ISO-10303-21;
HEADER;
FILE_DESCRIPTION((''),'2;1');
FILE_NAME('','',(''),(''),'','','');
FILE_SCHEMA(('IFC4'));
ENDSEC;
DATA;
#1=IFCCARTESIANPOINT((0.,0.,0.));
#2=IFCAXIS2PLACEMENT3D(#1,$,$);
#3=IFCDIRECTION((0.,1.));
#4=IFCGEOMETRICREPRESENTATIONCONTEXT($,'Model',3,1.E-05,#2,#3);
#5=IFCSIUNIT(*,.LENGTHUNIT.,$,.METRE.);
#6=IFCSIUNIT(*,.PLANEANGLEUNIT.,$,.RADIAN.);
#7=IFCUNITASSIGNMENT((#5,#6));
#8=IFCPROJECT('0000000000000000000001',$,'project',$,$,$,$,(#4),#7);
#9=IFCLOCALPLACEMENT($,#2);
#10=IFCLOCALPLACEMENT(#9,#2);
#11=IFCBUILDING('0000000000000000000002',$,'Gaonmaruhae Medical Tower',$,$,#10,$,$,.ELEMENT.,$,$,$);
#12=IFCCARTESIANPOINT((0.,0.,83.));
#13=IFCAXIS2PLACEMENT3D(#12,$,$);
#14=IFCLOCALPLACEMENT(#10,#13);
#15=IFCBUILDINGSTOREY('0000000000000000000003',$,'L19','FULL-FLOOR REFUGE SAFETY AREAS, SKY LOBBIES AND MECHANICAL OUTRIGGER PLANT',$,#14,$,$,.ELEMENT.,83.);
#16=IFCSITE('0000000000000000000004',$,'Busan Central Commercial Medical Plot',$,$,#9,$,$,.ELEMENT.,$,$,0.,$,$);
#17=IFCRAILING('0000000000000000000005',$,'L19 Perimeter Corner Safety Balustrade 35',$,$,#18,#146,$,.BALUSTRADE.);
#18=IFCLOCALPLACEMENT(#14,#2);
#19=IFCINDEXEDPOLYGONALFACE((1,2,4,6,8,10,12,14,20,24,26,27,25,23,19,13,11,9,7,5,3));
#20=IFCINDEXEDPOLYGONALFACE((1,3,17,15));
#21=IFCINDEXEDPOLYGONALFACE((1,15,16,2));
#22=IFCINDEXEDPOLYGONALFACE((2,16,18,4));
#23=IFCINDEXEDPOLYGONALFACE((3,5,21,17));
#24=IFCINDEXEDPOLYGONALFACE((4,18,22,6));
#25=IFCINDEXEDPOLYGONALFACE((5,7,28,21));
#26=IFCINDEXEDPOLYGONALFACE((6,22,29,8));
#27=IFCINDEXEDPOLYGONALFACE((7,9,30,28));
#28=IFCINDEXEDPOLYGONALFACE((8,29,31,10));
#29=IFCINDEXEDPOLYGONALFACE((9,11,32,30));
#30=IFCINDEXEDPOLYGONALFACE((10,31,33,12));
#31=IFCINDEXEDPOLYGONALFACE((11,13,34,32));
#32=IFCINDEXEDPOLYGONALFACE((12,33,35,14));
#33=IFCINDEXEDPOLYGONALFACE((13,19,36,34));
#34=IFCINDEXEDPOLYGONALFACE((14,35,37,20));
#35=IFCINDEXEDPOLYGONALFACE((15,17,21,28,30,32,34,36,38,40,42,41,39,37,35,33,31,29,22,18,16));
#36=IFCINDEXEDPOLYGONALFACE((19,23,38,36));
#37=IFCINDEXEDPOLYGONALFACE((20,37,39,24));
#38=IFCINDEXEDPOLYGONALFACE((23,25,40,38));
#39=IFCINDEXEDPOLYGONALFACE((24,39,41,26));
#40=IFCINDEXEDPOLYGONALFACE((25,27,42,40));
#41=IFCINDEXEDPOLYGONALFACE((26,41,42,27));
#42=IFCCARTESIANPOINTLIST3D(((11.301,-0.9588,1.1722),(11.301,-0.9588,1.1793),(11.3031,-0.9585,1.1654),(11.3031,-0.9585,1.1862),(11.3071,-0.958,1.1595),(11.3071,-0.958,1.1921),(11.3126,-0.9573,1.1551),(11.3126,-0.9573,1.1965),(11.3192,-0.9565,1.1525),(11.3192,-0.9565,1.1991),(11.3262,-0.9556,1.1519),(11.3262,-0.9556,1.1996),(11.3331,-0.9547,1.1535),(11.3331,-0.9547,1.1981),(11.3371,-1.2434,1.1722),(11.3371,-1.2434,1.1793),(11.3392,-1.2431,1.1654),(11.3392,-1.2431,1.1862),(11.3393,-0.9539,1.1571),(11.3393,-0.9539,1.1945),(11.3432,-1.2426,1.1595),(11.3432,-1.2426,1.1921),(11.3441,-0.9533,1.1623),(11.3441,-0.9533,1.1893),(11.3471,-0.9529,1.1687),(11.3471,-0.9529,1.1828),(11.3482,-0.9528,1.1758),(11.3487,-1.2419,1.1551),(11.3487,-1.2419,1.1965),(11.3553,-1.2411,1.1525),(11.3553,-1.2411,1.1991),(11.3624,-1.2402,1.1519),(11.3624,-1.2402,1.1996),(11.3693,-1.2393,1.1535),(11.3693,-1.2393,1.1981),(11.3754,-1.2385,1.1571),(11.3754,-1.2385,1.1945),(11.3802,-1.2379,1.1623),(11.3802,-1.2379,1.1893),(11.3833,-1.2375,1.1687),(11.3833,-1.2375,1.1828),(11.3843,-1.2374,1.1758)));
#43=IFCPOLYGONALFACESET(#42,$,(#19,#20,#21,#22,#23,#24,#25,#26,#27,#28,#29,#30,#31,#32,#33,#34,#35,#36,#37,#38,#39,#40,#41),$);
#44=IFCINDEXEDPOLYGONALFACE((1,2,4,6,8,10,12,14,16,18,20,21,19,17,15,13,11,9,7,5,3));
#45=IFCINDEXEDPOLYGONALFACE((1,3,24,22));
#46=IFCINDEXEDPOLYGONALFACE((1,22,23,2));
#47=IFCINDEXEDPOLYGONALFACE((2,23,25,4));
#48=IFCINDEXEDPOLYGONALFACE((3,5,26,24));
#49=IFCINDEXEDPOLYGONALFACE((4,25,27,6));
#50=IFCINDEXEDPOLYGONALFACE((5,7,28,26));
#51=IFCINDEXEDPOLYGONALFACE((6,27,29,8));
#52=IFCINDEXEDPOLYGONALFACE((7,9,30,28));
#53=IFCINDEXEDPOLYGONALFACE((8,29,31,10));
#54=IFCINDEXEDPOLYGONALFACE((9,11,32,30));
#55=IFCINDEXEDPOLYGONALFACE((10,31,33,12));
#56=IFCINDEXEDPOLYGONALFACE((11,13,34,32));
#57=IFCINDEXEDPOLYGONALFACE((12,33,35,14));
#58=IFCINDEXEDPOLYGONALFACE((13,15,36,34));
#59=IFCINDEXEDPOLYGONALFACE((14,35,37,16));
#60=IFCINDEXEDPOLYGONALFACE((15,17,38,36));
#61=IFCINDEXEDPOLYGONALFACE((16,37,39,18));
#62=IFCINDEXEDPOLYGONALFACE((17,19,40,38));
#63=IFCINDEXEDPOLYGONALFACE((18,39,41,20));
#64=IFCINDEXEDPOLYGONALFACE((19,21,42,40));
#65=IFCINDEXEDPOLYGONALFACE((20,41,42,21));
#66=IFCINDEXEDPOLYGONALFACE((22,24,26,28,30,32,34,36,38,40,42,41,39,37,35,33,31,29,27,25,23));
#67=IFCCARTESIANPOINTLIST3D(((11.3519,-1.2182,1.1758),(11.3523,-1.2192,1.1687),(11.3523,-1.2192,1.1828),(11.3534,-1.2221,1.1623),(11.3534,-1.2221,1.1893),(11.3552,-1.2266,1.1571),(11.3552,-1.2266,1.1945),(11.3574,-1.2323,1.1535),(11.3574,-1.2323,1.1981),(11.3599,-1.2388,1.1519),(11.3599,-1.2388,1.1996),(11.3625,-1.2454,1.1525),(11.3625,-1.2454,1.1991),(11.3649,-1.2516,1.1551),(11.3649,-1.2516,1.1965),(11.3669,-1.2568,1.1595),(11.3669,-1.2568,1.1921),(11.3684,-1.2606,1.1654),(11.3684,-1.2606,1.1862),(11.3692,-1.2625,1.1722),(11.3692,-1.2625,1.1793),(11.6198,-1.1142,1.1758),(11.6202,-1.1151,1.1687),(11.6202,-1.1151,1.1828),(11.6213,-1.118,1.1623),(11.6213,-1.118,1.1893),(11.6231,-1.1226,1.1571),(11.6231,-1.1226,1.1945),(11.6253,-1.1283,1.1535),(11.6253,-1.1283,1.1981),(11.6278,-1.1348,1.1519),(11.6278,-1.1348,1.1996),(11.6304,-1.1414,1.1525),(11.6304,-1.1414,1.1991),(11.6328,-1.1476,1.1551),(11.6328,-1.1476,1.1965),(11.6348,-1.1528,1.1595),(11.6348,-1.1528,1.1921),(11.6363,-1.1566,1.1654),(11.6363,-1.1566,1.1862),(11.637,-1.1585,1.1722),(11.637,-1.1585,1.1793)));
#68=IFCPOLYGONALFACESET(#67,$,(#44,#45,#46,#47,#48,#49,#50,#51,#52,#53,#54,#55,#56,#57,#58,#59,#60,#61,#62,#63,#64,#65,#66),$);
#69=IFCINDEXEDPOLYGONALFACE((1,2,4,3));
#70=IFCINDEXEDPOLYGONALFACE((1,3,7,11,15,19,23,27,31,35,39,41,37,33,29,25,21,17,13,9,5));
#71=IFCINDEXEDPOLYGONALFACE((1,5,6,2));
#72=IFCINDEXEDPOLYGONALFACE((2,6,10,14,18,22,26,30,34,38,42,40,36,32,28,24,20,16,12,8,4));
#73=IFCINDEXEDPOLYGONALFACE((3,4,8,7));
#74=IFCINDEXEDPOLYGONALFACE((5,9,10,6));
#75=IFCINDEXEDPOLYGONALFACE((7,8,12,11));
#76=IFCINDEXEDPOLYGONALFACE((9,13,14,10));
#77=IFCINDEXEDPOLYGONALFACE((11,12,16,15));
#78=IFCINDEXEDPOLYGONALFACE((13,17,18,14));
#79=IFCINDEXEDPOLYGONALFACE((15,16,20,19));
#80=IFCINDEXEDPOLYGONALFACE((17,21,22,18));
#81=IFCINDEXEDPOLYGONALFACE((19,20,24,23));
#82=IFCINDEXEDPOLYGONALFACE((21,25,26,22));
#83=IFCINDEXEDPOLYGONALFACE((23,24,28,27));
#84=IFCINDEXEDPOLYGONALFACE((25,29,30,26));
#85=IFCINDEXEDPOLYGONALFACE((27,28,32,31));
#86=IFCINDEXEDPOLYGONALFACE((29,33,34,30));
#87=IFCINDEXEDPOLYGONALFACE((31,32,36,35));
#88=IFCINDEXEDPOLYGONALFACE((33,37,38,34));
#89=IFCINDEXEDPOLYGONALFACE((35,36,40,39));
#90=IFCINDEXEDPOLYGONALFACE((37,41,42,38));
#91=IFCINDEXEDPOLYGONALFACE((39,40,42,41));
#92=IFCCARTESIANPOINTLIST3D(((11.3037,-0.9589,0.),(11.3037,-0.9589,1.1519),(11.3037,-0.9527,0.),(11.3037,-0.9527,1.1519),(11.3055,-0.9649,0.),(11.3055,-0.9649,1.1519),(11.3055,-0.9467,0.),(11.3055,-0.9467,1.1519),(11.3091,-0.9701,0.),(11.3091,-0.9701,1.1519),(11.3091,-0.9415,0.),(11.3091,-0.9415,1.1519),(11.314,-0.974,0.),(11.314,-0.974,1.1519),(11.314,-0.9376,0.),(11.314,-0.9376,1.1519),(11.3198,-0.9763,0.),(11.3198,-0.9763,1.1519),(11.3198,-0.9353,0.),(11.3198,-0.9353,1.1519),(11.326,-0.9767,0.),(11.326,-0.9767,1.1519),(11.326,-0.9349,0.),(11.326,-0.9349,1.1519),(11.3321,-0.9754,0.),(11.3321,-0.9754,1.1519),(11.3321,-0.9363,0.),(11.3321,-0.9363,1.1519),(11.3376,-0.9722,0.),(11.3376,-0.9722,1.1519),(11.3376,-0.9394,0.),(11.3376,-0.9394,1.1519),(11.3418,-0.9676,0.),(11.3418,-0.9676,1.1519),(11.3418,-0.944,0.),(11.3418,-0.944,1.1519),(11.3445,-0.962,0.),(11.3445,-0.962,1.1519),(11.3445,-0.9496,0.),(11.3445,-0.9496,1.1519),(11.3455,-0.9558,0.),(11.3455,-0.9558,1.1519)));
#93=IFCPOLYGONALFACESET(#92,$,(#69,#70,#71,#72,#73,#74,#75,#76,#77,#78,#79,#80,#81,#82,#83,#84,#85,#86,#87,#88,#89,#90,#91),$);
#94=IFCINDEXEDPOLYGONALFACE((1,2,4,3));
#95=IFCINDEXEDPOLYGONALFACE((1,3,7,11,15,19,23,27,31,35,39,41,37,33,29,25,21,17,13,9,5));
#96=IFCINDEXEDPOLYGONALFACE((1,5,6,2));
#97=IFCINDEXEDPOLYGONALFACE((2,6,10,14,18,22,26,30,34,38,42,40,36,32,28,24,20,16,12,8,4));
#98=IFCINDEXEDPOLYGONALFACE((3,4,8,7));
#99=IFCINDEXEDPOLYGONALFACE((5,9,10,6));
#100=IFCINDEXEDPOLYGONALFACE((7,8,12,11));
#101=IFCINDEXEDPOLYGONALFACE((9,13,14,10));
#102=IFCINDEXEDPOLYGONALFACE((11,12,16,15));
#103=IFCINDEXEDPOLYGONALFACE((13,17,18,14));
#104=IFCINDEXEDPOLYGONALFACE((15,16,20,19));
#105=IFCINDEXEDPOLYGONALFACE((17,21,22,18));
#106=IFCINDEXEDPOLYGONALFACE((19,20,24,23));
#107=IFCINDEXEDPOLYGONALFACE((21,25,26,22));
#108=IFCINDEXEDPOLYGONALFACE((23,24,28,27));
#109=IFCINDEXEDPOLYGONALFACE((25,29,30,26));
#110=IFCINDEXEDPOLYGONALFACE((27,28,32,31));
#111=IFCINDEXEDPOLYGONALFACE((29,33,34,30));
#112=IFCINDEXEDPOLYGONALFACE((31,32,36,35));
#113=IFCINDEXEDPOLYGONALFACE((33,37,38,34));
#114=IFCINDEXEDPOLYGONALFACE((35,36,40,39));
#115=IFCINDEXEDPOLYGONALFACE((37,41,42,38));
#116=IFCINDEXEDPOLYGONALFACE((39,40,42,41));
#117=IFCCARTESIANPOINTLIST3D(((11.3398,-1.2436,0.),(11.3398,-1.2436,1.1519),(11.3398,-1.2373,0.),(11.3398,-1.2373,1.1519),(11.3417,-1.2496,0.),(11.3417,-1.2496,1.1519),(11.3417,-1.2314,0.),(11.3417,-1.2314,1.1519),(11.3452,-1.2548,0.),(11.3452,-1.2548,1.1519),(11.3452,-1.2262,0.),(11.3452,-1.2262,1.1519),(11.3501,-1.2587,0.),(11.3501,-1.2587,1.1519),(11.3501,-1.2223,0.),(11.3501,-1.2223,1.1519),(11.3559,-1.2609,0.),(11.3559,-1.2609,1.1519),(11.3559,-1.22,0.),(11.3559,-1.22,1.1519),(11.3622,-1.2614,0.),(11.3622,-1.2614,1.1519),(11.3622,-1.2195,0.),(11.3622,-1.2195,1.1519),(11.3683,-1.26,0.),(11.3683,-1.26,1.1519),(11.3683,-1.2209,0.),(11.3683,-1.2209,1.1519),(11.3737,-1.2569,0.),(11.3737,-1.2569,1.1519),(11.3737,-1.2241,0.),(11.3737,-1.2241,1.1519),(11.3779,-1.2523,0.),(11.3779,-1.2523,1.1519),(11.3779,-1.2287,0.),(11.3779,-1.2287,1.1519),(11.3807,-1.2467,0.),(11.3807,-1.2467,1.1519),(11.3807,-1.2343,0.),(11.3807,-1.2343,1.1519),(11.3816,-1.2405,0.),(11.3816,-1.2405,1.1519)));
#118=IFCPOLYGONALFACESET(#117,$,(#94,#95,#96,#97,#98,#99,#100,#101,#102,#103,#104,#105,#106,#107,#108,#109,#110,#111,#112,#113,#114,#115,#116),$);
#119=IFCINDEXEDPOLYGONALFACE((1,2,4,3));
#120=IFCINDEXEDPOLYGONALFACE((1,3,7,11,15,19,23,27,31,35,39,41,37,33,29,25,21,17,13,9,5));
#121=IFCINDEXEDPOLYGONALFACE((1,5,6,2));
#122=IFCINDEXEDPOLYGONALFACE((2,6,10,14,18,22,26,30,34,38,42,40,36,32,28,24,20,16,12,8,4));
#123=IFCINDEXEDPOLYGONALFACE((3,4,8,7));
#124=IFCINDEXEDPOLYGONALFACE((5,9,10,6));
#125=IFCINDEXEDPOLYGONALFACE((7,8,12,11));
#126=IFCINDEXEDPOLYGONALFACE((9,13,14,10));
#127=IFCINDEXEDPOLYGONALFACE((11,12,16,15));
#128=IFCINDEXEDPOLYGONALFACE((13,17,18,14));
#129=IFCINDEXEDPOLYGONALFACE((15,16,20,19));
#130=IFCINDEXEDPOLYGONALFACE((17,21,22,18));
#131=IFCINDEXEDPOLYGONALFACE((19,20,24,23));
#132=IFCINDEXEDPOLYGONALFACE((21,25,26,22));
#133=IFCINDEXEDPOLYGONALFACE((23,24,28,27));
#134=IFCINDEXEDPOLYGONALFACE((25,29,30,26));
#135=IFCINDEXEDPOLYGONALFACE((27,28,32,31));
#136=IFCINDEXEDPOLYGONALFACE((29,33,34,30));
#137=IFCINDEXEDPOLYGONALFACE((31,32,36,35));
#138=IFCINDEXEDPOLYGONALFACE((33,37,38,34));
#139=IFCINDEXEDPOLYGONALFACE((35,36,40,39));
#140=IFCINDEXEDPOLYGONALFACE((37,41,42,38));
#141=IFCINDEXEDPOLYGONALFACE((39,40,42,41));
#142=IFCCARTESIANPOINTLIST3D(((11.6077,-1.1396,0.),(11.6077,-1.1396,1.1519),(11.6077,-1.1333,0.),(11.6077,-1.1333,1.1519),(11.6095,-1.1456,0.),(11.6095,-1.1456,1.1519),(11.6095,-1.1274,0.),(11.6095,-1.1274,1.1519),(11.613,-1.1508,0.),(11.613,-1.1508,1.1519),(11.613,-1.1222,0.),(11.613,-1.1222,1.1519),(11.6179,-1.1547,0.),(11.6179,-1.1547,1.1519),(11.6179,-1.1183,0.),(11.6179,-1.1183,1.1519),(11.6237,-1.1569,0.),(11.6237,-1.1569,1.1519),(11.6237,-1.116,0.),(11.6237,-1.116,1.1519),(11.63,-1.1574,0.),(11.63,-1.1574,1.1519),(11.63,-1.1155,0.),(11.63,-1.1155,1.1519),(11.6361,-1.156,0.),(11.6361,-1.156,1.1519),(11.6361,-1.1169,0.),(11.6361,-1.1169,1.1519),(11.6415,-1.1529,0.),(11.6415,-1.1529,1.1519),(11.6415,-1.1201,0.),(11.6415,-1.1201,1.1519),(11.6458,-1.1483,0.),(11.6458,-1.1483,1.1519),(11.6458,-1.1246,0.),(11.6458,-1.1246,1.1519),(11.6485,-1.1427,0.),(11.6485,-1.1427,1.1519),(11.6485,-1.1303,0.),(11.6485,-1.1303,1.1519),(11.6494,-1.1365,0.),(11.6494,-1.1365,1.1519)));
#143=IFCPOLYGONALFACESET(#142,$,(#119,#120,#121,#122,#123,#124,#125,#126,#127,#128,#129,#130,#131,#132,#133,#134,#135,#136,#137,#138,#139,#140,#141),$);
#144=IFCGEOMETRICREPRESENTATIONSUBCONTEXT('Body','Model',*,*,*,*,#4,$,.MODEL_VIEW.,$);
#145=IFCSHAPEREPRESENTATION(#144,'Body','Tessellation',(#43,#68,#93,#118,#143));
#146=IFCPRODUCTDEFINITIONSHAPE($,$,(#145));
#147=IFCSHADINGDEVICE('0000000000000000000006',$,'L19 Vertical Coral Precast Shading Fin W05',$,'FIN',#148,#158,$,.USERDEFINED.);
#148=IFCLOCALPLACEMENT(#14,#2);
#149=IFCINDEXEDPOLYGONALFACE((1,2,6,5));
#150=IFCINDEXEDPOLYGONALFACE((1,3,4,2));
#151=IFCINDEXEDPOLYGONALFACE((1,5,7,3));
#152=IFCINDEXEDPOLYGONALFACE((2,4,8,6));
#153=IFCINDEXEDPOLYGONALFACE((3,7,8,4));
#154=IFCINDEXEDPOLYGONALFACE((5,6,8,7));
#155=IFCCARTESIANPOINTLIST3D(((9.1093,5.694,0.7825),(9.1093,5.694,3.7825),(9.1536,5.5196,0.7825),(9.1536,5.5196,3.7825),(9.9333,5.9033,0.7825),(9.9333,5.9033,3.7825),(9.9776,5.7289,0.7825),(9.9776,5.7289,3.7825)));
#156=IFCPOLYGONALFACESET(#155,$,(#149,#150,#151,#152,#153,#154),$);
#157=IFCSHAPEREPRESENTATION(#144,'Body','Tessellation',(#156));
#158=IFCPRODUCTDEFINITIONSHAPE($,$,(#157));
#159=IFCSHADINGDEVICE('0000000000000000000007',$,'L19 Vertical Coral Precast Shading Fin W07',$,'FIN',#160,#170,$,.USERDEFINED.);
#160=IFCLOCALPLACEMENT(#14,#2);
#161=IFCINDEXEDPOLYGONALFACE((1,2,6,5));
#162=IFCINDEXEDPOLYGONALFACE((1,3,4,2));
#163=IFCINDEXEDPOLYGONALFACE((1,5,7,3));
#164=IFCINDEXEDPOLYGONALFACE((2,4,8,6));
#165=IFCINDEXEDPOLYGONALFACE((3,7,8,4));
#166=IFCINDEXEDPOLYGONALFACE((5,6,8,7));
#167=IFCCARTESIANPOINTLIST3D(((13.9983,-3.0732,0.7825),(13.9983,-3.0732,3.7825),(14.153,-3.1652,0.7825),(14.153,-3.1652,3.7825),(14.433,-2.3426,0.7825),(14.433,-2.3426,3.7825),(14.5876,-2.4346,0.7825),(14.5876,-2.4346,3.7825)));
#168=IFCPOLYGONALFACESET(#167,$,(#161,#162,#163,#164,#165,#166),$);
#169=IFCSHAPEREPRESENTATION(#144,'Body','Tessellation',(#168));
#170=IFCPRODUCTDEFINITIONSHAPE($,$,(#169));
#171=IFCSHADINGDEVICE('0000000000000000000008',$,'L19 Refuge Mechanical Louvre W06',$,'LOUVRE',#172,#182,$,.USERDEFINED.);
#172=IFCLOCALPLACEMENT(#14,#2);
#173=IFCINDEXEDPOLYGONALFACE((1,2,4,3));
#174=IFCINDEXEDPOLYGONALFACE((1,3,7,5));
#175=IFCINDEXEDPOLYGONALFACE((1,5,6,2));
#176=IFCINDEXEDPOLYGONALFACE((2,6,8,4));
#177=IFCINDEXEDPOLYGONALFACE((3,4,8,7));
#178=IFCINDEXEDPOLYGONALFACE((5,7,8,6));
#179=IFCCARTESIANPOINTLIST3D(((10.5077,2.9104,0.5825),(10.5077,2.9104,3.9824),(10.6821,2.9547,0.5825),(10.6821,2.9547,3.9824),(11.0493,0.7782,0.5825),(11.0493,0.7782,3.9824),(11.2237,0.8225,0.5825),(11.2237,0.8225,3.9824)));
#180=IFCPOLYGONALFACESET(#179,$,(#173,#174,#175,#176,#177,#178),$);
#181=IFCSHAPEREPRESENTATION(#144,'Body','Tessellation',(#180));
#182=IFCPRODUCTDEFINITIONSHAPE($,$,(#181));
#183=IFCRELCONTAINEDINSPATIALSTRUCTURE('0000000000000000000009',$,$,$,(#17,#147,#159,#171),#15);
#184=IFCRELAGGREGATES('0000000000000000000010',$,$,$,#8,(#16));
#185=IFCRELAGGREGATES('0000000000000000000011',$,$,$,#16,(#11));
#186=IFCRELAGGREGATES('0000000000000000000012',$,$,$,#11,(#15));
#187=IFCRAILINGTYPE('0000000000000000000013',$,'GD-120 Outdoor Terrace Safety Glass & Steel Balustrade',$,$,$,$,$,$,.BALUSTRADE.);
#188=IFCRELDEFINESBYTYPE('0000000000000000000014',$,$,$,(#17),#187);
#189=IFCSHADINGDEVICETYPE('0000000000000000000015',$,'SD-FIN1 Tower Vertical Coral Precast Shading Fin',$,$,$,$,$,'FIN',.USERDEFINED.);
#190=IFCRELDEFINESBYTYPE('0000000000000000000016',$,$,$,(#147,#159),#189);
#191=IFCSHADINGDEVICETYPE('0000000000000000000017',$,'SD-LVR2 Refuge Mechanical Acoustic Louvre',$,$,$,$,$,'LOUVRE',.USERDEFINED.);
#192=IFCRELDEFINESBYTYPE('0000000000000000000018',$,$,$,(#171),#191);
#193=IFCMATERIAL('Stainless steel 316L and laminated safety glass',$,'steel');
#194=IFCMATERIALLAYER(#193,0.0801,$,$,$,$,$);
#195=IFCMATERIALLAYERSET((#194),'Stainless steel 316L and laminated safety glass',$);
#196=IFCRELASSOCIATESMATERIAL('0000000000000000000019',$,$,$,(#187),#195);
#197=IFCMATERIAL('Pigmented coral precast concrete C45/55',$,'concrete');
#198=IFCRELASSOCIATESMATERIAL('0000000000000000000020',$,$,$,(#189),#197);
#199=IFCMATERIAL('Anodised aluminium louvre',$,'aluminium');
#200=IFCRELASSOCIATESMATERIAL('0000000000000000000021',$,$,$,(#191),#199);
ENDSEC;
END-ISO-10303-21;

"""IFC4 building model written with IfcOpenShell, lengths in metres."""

from ifc_helpers import new_model, si_unit, direction, frame, origin, origin_2d, place, context, subcontext, project, spatial, rectangle, circle, extrude, material, layer, layer_set, type_object, element, save


model = new_model("IFC4")

# Units and contexts
model_context = context("Model", 3, precision=1e-05, world=origin(), true_north=direction((0.0, 1.0)))
body_context = subcontext(model_context, "Body", "Model", "MODEL_VIEW")
ifc_project = project(units=[si_unit("LENGTHUNIT", "METRE"), si_unit("PLANEANGLEUNIT", "RADIAN")], contexts=[model_context])

# Site, building, storey
site_placement = place(None, origin())
site = spatial("IfcSite", under=ifc_project, at=site_placement, Name="Busan Central Commercial Medical Plot", CompositionType="ELEMENT", RefElevation=0.0)
building_placement = place(site_placement, origin())
building = spatial("IfcBuilding", under=site, at=building_placement, Name="Gaonmaruhae Medical Tower", CompositionType="ELEMENT")
storey_placement = place(building_placement, frame((0.0, 0.0, 83.0)))
storey = spatial("IfcBuildingStorey", under=building, at=storey_placement, Name="L19", Description="FULL-FLOOR REFUGE SAFETY AREAS, SKY LOBBIES AND MECHANICAL OUTRIGGER PLANT", CompositionType="ELEMENT", Elevation=83.0)

# Railing
ifc_material_1 = material(Name="Stainless steel 316L and laminated safety glass", Category="steel")
ifc_layer_1 = layer(ifc_material_1, 0.0801)
ifc_layer_set_1 = layer_set([ifc_layer_1], Name="Stainless steel 316L and laminated safety glass")
railing_type = type_object("IfcRailingType", Name="GD-120 Outdoor Terrace Safety Glass & Steel Balustrade", PredefinedType="BALUSTRADE", material=ifc_layer_set_1)
railing_1_placement = place(storey_placement, frame((11.3245, -0.9558, 0.0)))
element("IfcRailing", 1, at=railing_1_placement, inside=storey, type_object=railing_type, Name="L19 Perimeter Corner Safety Balustrade 35", PredefinedType="BALUSTRADE", context=body_context, shape_type="SweptSolid", body=[
    extrude(circle(Radius=0.0239, at=origin_2d()), frame((0.0, 0.0, 1.1758), z_axis=(0.125919, -0.99204, 0.0), x_axis=(0.99204, 0.125919, 0.0)), (0.0, 0.0, 1.0), 0.2869),
    extrude(circle(Radius=0.0239, at=origin_2d()), frame((0.0361, -0.2847, 1.1758), z_axis=(0.93218, 0.361995, 0.0), x_axis=(-0.361995, 0.93218, 0.0)), (0.0, 0.0, 1.0), 0.2874),
    extrude(circle(Radius=0.021, at=origin_2d()), origin(), (0.0, 0.0, 1.0), 1.1519),
    extrude(circle(Radius=0.021, at=origin_2d()), frame((0.0361, -0.2847, 0.0)), (0.0, 0.0, 1.0), 1.1519),
    extrude(circle(Radius=0.021, at=origin_2d()), frame((0.304, -0.1807, 0.0)), (0.0, 0.0, 1.0), 1.1519),
])

# Shading devices
ifc_material_2 = material(Name="Pigmented coral precast concrete C45/55", Category="concrete")
shading_device_type_1 = type_object("IfcShadingDeviceType", Name="SD-FIN1 Tower Vertical Coral Precast Shading Fin", ElementType="FIN", PredefinedType="USERDEFINED", material=ifc_material_2)
for number, where, z_axis, x_axis, name in (
    (2, (9.5435, 5.7114, 0.7825), (0.0, 0.0, 1.0), (-0.246153, 0.969231, 0.0), "L19 Vertical Coral Precast Shading Fin W05"),
    (3, (14.293, -2.7539, 0.7825), (0.0, 0.0, 1.0), (-0.859415, 0.511278, 0.0), "L19 Vertical Coral Precast Shading Fin W07"),
):
    element("IfcShadingDevice", number, at=place(storey_placement, frame(where, z_axis=z_axis, x_axis=x_axis)), inside=storey, type_object=shading_device_type_1, Name=name, ObjectType="FIN", PredefinedType="USERDEFINED", context=body_context, shape_type="SweptSolid", body=[
        extrude(rectangle(XDim=0.1799, YDim=0.8501, at=origin_2d()), origin(), (0.0, 0.0, 1.0), 3.0),
    ])
ifc_material_3 = material(Name="Anodised aluminium louvre", Category="aluminium")
shading_device_type_2 = type_object("IfcShadingDeviceType", Name="SD-LVR2 Refuge Mechanical Acoustic Louvre", ElementType="LOUVRE", PredefinedType="USERDEFINED", material=ifc_material_3)
shading_device_placement = place(storey_placement, frame((10.8657, 1.8665, 0.5825), z_axis=(0.0, 0.0, 1.0), x_axis=(-0.24617, 0.969227, 0.0)))
element("IfcShadingDevice", 4, at=shading_device_placement, inside=storey, type_object=shading_device_type_2, Name="L19 Refuge Mechanical Louvre W06", ObjectType="LOUVRE", PredefinedType="USERDEFINED", context=body_context, shape_type="SweptSolid", body=[
    extrude(rectangle(XDim=2.2, YDim=0.1799, at=origin_2d()), origin(), (0.0, 0.0, 1.0), 3.3999),
])

save(model, "model.ifc")
